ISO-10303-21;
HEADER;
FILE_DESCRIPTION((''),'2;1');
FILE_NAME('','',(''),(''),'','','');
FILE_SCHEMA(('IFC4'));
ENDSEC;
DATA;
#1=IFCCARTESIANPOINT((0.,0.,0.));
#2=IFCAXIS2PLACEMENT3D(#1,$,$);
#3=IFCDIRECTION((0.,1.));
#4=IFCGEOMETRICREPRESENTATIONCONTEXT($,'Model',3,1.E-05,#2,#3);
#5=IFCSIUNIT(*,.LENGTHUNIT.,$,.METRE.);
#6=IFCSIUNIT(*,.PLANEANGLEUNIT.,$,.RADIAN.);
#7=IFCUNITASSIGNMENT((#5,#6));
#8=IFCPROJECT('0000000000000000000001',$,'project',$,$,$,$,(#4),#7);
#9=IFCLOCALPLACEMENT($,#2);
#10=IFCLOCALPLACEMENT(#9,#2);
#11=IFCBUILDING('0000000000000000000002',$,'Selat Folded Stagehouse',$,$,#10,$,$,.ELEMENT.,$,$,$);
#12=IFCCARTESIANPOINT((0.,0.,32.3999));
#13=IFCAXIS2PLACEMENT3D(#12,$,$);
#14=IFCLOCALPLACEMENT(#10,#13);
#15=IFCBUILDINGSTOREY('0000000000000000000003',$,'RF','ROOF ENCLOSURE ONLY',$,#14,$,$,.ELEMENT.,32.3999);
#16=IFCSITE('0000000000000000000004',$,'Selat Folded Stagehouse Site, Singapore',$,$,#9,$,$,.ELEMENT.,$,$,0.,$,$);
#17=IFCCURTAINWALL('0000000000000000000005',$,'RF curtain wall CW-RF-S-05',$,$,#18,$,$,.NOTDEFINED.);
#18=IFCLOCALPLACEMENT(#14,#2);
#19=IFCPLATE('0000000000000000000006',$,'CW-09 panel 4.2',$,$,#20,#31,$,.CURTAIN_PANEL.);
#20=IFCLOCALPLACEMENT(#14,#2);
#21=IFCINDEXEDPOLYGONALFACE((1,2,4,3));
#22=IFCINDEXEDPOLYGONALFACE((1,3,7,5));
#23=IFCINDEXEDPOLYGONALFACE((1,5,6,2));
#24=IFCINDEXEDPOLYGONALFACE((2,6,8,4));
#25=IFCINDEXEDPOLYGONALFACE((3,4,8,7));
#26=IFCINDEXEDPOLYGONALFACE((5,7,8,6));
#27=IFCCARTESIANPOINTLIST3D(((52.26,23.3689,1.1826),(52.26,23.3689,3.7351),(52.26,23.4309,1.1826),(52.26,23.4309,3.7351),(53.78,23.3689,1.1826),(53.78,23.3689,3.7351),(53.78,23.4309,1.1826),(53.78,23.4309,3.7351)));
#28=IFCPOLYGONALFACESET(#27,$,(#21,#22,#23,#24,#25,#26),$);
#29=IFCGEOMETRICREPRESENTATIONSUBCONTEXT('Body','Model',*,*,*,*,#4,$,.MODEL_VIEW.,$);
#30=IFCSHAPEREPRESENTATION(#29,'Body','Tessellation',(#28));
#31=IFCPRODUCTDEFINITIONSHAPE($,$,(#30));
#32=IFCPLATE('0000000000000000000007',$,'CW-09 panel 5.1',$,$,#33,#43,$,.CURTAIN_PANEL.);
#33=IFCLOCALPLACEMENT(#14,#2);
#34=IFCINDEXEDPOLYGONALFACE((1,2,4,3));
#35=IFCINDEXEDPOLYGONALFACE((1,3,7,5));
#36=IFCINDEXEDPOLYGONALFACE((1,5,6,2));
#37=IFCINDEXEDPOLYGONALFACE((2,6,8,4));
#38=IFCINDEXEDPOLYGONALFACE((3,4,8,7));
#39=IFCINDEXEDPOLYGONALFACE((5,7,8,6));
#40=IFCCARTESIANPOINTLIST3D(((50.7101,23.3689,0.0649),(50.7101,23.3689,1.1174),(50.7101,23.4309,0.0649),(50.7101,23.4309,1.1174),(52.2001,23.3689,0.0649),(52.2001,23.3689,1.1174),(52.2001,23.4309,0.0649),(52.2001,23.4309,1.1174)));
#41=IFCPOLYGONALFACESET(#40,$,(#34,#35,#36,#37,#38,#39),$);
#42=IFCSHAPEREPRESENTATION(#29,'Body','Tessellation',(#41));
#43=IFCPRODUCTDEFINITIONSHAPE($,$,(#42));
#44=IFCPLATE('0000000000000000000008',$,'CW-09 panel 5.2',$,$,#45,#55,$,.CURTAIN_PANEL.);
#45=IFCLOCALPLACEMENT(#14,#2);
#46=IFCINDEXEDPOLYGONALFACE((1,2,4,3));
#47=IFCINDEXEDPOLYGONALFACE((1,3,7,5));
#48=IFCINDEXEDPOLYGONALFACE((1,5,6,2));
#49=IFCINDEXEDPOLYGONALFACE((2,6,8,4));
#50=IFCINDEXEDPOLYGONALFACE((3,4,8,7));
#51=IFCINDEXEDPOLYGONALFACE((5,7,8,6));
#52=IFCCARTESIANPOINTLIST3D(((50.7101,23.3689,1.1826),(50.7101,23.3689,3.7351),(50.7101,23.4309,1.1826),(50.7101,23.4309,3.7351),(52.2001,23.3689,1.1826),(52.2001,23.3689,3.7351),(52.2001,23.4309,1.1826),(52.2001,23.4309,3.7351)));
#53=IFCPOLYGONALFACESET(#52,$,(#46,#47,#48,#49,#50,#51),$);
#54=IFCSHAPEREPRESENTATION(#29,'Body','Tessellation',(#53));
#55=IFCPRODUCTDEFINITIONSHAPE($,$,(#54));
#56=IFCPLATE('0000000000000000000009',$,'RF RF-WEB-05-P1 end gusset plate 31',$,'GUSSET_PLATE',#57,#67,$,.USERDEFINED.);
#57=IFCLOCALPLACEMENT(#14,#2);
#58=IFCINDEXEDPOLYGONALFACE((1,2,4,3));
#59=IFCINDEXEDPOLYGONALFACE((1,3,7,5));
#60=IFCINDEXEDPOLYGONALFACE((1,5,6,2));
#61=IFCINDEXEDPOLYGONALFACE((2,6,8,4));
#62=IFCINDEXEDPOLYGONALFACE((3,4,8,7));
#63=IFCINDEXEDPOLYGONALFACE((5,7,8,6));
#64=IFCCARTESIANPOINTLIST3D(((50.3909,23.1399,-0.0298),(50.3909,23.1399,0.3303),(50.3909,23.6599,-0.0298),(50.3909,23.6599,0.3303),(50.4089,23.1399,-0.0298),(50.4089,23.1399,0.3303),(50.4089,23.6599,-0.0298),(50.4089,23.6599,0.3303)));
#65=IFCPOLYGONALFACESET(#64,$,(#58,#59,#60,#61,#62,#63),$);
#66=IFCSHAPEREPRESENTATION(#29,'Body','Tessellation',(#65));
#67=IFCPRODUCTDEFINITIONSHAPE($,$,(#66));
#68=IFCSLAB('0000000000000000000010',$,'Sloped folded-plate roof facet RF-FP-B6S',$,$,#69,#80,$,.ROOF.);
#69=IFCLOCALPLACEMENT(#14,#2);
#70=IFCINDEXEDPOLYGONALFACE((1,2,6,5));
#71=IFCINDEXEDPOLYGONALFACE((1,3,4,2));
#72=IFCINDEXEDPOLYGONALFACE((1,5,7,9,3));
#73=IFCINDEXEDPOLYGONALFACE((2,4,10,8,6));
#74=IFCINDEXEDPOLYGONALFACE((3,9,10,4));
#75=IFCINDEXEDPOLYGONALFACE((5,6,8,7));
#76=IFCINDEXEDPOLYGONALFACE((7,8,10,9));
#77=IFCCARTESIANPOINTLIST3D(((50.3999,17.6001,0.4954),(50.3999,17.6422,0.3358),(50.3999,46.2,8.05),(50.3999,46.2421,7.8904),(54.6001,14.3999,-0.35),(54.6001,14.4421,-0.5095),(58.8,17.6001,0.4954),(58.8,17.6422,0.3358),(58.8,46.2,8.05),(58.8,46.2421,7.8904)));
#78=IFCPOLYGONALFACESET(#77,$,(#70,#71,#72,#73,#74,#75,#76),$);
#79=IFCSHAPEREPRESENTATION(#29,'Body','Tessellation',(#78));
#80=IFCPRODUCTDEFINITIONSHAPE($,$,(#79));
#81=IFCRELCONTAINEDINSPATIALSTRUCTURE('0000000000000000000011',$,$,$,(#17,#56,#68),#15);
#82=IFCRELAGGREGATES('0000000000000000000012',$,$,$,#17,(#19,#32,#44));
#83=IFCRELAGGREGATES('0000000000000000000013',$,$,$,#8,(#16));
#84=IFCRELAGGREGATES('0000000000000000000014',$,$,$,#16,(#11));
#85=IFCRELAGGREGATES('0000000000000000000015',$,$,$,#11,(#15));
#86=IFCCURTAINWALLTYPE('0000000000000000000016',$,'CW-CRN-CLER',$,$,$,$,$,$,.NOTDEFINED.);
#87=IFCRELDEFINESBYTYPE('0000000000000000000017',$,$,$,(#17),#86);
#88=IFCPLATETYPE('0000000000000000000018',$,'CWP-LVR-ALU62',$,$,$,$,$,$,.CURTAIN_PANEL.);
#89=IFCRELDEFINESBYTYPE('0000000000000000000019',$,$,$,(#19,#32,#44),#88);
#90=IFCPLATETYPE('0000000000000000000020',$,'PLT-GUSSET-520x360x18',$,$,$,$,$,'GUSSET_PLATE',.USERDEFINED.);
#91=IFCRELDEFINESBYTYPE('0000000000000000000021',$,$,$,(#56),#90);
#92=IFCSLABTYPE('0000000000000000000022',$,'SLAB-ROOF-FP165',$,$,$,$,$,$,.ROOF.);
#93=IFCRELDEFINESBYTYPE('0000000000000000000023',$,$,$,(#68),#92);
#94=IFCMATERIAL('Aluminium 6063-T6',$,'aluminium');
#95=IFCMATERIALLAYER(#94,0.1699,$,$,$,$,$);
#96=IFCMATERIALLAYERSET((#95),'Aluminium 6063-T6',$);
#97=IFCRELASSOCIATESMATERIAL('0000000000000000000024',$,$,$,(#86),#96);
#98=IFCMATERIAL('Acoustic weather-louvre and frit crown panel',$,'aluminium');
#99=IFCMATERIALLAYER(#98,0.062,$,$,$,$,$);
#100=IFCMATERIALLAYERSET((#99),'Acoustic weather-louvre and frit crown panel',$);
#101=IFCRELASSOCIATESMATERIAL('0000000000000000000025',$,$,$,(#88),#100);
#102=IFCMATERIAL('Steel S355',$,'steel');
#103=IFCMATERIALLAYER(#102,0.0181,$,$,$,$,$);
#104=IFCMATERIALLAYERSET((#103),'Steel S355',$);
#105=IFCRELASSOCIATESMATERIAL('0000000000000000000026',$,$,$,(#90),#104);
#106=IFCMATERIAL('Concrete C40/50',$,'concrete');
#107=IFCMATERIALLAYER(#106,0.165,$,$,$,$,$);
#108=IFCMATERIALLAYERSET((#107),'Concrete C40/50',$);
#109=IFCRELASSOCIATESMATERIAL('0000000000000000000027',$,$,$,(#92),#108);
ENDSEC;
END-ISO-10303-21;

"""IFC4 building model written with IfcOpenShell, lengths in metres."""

from ifc_helpers import new_model, si_unit, direction, frame, origin, origin_2d, place, context, subcontext, project, spatial, polyline, rectangle, outline, extrude, material, layer, layer_set, type_object, element, aggregate, save


model = new_model("IFC4")

# Units and contexts
model_context = context("Model", 3, precision=1e-05, world=origin(), true_north=direction((0.0, 1.0)))
body_context = subcontext(model_context, "Body", "Model", "MODEL_VIEW")
ifc_project = project(units=[si_unit("LENGTHUNIT", "METRE"), si_unit("PLANEANGLEUNIT", "RADIAN")], contexts=[model_context])

# Site, building, storey
site_placement = place(None, origin())
site = spatial("IfcSite", under=ifc_project, at=site_placement, Name="Selat Folded Stagehouse Site, Singapore", CompositionType="ELEMENT", RefElevation=0.0)
building_placement = place(site_placement, origin())
building = spatial("IfcBuilding", under=site, at=building_placement, Name="Selat Folded Stagehouse", CompositionType="ELEMENT")
storey_placement = place(building_placement, frame((0.0, 0.0, 32.3999)))
storey = spatial("IfcBuildingStorey", under=building, at=storey_placement, Name="RF", Description="ROOF ENCLOSURE ONLY", CompositionType="ELEMENT", Elevation=32.3999)

# Shared definitions
ifc_material_1 = material(Name="Steel S355", Category="steel")

# Curtain wall
ifc_material_2 = material(Name="Aluminium 6063-T6", Category="aluminium")
ifc_layer_1 = layer(ifc_material_2, 0.1699)
ifc_layer_set_1 = layer_set([ifc_layer_1], Name="Aluminium 6063-T6")
curtain_wall_type = type_object("IfcCurtainWallType", Name="CW-CRN-CLER", PredefinedType="NOTDEFINED", material=ifc_layer_set_1)
curtain_wall_1_placement = place(storey_placement, origin())
curtain_wall_1 = element("IfcCurtainWall", 1, at=curtain_wall_1_placement, inside=storey, type_object=curtain_wall_type, Name="RF curtain wall CW-RF-S-05", PredefinedType="NOTDEFINED")

# Plates
ifc_material_3 = material(Name="Acoustic weather-louvre and frit crown panel", Category="aluminium")
ifc_layer_2 = layer(ifc_material_3, 0.062)
ifc_layer_set_2 = layer_set([ifc_layer_2], Name="Acoustic weather-louvre and frit crown panel")
plate_type_1 = type_object("IfcPlateType", Name="CWP-LVR-ALU62", PredefinedType="CURTAIN_PANEL", material=ifc_layer_set_2)
plate_1_placement = place(storey_placement, frame((53.02, 23.3999, 1.1826), z_axis=(0.0, 0.0, 1.0), x_axis=(-1.0, 0.0, 0.0)))
plate_1 = element("IfcPlate", 2, at=plate_1_placement, type_object=plate_type_1, Name="CW-09 panel 4.2", PredefinedType="CURTAIN_PANEL", context=body_context, shape_type="SweptSolid", body=[
    extrude(rectangle(XDim=1.52, YDim=0.062, at=origin_2d()), origin(), (0.0, 0.0, 1.0), 2.5525),
])
plate_2_placement = place(storey_placement, frame((51.4551, 23.3999, 0.0649), z_axis=(0.0, 0.0, 1.0), x_axis=(-1.0, 0.0, 0.0)))
plate_2 = element("IfcPlate", 3, at=plate_2_placement, type_object=plate_type_1, Name="CW-09 panel 5.1", PredefinedType="CURTAIN_PANEL", context=body_context, shape_type="SweptSolid", body=[
    extrude(rectangle(XDim=1.49, YDim=0.062, at=origin_2d()), origin(), (0.0, 0.0, 1.0), 1.0525),
])
plate_3_placement = place(storey_placement, frame((51.4551, 23.3999, 1.1826), z_axis=(0.0, 0.0, 1.0), x_axis=(-1.0, 0.0, 0.0)))
plate_3 = element("IfcPlate", 4, at=plate_3_placement, type_object=plate_type_1, Name="CW-09 panel 5.2", PredefinedType="CURTAIN_PANEL", context=body_context, shape_type="SweptSolid", body=[
    extrude(rectangle(XDim=1.49, YDim=0.062, at=origin_2d()), origin(), (0.0, 0.0, 1.0), 2.5525),
])
aggregate(curtain_wall_1, [plate_1, plate_2, plate_3])
ifc_layer_3 = layer(ifc_material_1, 0.0181)
ifc_layer_set_3 = layer_set([ifc_layer_3], Name="Steel S355")
plate_type_2 = type_object("IfcPlateType", Name="PLT-GUSSET-520x360x18", ElementType="GUSSET_PLATE", PredefinedType="USERDEFINED", material=ifc_layer_set_3)
plate_4_placement = place(storey_placement, frame((50.3999, 23.3999, -0.0298), z_axis=(0.0, 0.0, 1.0), x_axis=(0.0, 1.0, 0.0)))
element("IfcPlate", 5, at=plate_4_placement, inside=storey, type_object=plate_type_2, Name="RF RF-WEB-05-P1 end gusset plate 31", ObjectType="GUSSET_PLATE", PredefinedType="USERDEFINED", context=body_context, shape_type="SweptSolid", body=[
    extrude(rectangle(XDim=0.52, YDim=0.0181, at=origin_2d()), origin(), (0.0, 0.0, 1.0), 0.3601),
])

# Slab
ifc_material_4 = material(Name="Concrete C40/50", Category="concrete")
ifc_layer_4 = layer(ifc_material_4, 0.165)
ifc_layer_set_4 = layer_set([ifc_layer_4], Name="Concrete C40/50")
slab_type = type_object("IfcSlabType", Name="SLAB-ROOF-FP165", PredefinedType="ROOF", material=ifc_layer_set_4)
slab_placement = place(storey_placement, frame((50.3999, 17.6001, 0.4954), z_axis=(0.0, -0.25539, 0.966838), x_axis=(0.785429, -0.598426, -0.158074)))
element("IfcSlab", 6, at=slab_placement, inside=storey, type_object=slab_type, Name="Sloped folded-plate roof facet RF-FP-B6S", PredefinedType="ROOF", context=body_context, shape_type="SweptSolid", body=[
    extrude(outline(polyline([(0.0, 0.0), (5.3476, 0.0), (6.5977, 5.1993), (-11.7114, 28.4329), (-18.3091, 23.2336), (0.0, 0.0)])), origin(), (0.0, 0.0, -1.0), 0.165),
])

save(model, "model.ifc")
